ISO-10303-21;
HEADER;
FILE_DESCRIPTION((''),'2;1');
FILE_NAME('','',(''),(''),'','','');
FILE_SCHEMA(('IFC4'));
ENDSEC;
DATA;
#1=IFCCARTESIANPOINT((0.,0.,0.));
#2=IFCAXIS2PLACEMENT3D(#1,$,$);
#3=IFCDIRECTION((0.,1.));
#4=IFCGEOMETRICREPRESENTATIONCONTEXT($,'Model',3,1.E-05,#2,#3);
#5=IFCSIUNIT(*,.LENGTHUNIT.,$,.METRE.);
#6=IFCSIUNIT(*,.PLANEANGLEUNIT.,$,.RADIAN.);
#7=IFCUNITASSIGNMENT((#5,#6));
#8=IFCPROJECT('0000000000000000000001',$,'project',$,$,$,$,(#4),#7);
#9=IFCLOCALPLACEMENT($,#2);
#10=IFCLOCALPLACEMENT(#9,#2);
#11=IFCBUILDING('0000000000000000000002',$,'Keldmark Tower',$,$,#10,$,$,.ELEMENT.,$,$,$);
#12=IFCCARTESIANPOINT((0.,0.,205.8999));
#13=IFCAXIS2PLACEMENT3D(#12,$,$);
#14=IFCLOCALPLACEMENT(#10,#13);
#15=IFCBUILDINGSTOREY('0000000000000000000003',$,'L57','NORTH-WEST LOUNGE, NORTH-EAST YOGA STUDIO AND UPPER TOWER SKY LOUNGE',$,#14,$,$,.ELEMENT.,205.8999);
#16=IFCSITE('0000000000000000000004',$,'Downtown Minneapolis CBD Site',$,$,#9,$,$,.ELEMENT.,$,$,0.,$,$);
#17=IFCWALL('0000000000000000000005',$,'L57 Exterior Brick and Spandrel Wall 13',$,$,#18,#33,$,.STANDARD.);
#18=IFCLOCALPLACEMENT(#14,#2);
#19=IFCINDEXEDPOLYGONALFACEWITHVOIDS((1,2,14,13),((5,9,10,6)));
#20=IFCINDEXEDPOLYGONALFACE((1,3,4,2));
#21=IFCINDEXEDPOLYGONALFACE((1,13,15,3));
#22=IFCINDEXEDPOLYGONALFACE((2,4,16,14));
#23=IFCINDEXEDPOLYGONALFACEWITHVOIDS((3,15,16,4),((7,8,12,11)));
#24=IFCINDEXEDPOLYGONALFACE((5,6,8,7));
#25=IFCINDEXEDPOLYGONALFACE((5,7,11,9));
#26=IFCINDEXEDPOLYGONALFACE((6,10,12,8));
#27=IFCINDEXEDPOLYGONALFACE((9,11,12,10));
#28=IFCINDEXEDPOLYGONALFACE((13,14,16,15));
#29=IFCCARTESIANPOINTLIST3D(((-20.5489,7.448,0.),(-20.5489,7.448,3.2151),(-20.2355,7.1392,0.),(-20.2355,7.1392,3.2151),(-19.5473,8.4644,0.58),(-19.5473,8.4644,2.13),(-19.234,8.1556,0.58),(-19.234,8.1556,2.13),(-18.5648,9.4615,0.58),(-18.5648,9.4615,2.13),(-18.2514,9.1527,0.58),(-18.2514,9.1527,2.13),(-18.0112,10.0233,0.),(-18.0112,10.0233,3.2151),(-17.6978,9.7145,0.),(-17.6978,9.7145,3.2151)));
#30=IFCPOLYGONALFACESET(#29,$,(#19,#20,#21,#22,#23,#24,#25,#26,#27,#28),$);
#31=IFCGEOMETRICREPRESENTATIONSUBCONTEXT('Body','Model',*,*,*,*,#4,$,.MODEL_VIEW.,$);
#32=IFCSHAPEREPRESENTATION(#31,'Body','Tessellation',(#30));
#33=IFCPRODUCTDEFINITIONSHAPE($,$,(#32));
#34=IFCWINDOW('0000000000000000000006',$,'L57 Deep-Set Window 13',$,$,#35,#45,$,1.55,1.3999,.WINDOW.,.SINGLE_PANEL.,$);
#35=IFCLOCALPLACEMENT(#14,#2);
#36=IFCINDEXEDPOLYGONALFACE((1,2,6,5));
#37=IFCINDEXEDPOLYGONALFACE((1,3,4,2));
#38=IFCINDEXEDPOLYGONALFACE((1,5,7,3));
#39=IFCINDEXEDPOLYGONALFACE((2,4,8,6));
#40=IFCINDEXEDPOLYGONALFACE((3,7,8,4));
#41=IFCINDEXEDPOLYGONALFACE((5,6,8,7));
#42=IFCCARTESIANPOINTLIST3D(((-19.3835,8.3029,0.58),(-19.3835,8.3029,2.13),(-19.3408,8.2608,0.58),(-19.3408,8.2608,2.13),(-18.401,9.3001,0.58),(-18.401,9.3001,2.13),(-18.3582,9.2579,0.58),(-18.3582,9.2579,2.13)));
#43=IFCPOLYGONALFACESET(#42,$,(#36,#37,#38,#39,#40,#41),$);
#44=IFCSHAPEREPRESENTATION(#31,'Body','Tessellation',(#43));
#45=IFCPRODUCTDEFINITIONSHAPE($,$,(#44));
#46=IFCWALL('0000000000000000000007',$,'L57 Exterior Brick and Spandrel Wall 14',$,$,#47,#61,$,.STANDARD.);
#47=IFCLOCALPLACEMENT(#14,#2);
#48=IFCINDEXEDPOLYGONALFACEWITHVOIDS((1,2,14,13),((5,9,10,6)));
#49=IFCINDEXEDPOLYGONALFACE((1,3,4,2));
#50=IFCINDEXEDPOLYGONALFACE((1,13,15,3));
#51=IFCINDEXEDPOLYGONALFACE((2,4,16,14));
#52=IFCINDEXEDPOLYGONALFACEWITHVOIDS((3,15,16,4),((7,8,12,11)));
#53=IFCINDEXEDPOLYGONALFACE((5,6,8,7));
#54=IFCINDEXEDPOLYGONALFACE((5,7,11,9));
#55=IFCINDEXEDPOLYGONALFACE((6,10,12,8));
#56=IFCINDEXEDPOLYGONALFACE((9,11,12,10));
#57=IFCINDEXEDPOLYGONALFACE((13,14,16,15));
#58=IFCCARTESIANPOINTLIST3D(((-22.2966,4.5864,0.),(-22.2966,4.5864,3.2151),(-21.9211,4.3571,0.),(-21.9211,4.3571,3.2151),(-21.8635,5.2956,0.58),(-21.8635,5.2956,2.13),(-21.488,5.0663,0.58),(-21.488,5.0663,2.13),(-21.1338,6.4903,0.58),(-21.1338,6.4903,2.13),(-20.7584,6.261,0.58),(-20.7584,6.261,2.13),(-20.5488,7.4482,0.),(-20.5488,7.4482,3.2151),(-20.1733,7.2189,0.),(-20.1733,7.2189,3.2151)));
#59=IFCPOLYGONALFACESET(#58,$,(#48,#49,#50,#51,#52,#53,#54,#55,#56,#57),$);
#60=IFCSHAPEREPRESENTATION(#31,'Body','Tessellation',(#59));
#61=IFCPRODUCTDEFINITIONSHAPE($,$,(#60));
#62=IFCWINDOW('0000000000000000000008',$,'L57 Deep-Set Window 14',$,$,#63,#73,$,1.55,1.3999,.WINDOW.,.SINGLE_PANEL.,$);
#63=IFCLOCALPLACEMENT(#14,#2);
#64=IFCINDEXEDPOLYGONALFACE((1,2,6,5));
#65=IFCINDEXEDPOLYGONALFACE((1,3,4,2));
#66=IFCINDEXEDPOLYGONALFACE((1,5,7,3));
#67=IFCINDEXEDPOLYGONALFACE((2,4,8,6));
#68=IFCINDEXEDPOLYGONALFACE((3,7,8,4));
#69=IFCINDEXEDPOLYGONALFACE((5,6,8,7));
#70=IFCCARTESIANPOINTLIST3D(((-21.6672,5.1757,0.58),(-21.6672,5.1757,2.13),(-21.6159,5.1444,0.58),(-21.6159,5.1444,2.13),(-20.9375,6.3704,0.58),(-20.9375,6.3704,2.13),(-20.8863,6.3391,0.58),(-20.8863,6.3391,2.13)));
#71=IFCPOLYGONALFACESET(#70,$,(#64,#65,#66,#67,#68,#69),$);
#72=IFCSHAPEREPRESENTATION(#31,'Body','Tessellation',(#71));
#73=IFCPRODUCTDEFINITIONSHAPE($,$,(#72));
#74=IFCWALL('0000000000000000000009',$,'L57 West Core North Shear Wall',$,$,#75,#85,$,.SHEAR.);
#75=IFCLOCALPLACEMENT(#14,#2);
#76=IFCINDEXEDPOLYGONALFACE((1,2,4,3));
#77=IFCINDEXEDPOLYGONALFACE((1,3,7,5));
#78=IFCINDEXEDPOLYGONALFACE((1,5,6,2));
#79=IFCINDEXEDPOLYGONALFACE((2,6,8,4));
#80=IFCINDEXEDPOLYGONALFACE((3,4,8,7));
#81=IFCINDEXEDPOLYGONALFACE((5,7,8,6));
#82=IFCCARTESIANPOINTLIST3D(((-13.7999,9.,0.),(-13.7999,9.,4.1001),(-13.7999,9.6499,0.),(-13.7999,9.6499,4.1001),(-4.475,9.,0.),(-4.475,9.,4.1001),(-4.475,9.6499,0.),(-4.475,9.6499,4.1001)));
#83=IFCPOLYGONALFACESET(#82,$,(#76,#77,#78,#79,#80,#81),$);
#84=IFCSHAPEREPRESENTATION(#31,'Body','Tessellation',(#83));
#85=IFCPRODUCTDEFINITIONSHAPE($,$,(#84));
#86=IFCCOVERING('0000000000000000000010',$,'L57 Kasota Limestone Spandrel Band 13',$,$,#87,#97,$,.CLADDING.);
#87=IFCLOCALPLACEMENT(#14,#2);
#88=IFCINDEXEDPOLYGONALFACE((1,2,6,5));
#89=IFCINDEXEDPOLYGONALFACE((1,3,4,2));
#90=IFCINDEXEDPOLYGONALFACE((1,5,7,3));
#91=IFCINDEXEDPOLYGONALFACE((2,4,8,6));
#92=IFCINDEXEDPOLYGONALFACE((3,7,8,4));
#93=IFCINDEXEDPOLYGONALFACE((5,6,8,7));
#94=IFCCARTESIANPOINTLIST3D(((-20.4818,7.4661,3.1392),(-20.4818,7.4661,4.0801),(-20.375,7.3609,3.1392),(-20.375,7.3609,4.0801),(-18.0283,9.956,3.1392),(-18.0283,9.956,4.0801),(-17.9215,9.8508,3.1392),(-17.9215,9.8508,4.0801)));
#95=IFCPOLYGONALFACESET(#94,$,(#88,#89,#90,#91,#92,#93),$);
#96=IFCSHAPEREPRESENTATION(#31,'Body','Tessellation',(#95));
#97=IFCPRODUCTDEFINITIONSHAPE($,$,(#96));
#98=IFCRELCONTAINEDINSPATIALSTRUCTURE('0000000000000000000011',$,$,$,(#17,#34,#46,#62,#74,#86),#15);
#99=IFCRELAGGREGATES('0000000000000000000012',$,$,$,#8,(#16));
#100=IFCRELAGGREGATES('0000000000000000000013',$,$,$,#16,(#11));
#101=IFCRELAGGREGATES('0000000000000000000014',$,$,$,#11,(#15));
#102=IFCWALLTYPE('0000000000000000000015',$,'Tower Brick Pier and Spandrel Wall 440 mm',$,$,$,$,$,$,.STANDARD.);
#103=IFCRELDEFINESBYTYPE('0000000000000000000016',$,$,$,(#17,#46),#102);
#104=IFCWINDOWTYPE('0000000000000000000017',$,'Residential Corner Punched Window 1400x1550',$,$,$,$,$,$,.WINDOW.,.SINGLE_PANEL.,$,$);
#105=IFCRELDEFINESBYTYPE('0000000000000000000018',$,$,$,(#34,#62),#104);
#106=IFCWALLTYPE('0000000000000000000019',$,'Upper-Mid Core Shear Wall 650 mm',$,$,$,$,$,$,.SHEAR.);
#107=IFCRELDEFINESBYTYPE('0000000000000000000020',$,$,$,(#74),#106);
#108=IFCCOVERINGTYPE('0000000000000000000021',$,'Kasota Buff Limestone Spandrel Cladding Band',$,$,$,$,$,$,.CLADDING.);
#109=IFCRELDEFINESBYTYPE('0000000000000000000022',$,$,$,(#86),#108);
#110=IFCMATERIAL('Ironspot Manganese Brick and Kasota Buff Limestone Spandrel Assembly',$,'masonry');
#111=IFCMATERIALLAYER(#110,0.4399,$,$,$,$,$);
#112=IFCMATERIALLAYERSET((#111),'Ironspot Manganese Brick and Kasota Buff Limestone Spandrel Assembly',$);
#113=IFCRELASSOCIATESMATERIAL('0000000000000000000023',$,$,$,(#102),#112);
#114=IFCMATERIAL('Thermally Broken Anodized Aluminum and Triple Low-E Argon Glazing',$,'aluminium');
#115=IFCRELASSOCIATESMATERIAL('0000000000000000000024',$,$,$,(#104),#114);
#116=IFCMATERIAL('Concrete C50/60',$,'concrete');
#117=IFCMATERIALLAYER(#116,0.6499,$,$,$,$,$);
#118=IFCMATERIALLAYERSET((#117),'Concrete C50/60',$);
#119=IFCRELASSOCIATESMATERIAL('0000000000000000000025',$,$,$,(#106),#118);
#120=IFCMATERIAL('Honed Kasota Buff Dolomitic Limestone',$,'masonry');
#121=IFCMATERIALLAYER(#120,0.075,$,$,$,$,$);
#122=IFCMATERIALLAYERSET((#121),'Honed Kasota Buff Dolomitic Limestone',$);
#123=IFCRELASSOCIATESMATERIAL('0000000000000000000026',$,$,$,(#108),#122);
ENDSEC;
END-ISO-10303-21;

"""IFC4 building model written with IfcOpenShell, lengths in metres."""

from ifc_helpers import new_model, si_unit, direction, frame, frame_2d, origin, origin_2d, place, context, subcontext, project, spatial, rectangle, extrude, material, layer, layer_set, type_object, element, fill, save


model = new_model("IFC4")

# Units and contexts
model_context = context("Model", 3, precision=1e-05, world=origin(), true_north=direction((0.0, 1.0)))
body_context = subcontext(model_context, "Body", "Model", "MODEL_VIEW")
ifc_project = project(units=[si_unit("LENGTHUNIT", "METRE"), si_unit("PLANEANGLEUNIT", "RADIAN")], contexts=[model_context])

# Site, building, storey
site_placement = place(None, origin())
site = spatial("IfcSite", under=ifc_project, at=site_placement, Name="Downtown Minneapolis CBD Site", CompositionType="ELEMENT", RefElevation=0.0)
building_placement = place(site_placement, origin())
building = spatial("IfcBuilding", under=site, at=building_placement, Name="Keldmark Tower", CompositionType="ELEMENT")
storey_placement = place(building_placement, frame((0.0, 0.0, 205.8999)))
storey = spatial("IfcBuildingStorey", under=building, at=storey_placement, Name="L57", Description="NORTH-WEST LOUNGE, NORTH-EAST YOGA STUDIO AND UPPER TOWER SKY LOUNGE", CompositionType="ELEMENT", Elevation=205.8999)

# Walls, openings, windows
ifc_material_1 = material(Name="Ironspot Manganese Brick and Kasota Buff Limestone Spandrel Assembly", Category="masonry")
ifc_layer_1 = layer(ifc_material_1, 0.4399)
ifc_layer_set_1 = layer_set([ifc_layer_1], Name="Ironspot Manganese Brick and Kasota Buff Limestone Spandrel Assembly")
wall_type_1 = type_object("IfcWallType", Name="Tower Brick Pier and Spandrel Wall 440 mm", PredefinedType="STANDARD", material=ifc_layer_set_1)
wall_1_placement = place(storey_placement, frame((-20.3921, 7.2937, 0.0), z_axis=(0.0, 0.0, 1.0), x_axis=(0.701888, 0.712287, 0.0)))
wall_1 = element("IfcWall", 1, at=wall_1_placement, inside=storey, type_object=wall_type_1, Name="L57 Exterior Brick and Spandrel Wall 13", PredefinedType="STANDARD", context=body_context, shape_type="SweptSolid", body=[
    extrude(rectangle(XDim=3.6155, YDim=0.4399, at=frame_2d((1.8076, 0.0))), origin(), (0.0, 0.0, 1.0), 3.2151),
])
opening_1_placement = place(wall_1_placement, frame((1.4268, 0.0, 0.5801)))
opening_1 = element("IfcOpeningElement", 2, at=opening_1_placement, cuts=wall_1, PredefinedType="OPENING", context=body_context, shape_type="SweptSolid", body=[
    extrude(rectangle(XDim=1.3999, YDim=1.55, at=frame_2d((0.7, 0.7749))), frame((0.0, 0.23, 0.0), z_axis=(0.0, -1.0, 0.0), x_axis=(1.0, 0.0, 0.0)), (0.0, 0.0, 1.0), 0.46),
])
ifc_material_2 = material(Name="Thermally Broken Anodized Aluminum and Triple Low-E Argon Glazing", Category="aluminium")
window_type_1 = type_object("IfcWindowType", Name="Residential Corner Punched Window 1400x1550", PartitioningType="SINGLE_PANEL", PredefinedType="WINDOW", material=ifc_material_2)
window_1_placement = place(opening_1_placement, origin())
window_1 = element("IfcWindow", 3, at=window_1_placement, inside=storey, type_object=window_type_1, Name="L57 Deep-Set Window 13", OverallHeight=1.55, OverallWidth=1.3999, PartitioningType="SINGLE_PANEL", PredefinedType="WINDOW", context=body_context, shape_type="SweptSolid", body=[
    extrude(rectangle(XDim=1.3999, YDim=1.55, at=frame_2d((0.7, 0.7749))), frame((0.0, -0.01, 0.0), z_axis=(0.0, -1.0, 0.0), x_axis=(1.0, 0.0, 0.0)), (0.0, 0.0, 1.0), 0.0601),
])
fill(opening_1, window_1)
wall_2_placement = place(storey_placement, frame((-22.1089, 4.4717, 0.0), z_axis=(0.0, 0.0, 1.0), x_axis=(0.521214, 0.853426, 0.0)))
wall_2 = element("IfcWall", 4, at=wall_2_placement, inside=storey, type_object=wall_type_1, Name="L57 Exterior Brick and Spandrel Wall 14", PredefinedType="STANDARD", context=body_context, shape_type="SweptSolid", body=[
    extrude(rectangle(XDim=3.3533, YDim=0.4399, at=frame_2d((1.6768, 0.0))), origin(), (0.0, 0.0, 1.0), 3.2151),
])
opening_2_placement = place(wall_2_placement, frame((0.8311, 0.0, 0.5801)))
opening_2 = element("IfcOpeningElement", 5, at=opening_2_placement, cuts=wall_2, PredefinedType="OPENING", context=body_context, shape_type="SweptSolid", body=[
    extrude(rectangle(XDim=1.3999, YDim=1.55, at=frame_2d((0.7, 0.7749))), frame((0.0, 0.23, 0.0), z_axis=(0.0, -1.0, 0.0), x_axis=(1.0, 0.0, 0.0)), (0.0, 0.0, 1.0), 0.46),
])
window_2_placement = place(opening_2_placement, origin())
window_2 = element("IfcWindow", 6, at=window_2_placement, inside=storey, type_object=window_type_1, Name="L57 Deep-Set Window 14", OverallHeight=1.55, OverallWidth=1.3999, PartitioningType="SINGLE_PANEL", PredefinedType="WINDOW", context=body_context, shape_type="SweptSolid", body=[
    extrude(rectangle(XDim=1.3999, YDim=1.55, at=frame_2d((0.7, 0.7749))), frame((0.0, -0.01, 0.0), z_axis=(0.0, -1.0, 0.0), x_axis=(1.0, 0.0, 0.0)), (0.0, 0.0, 1.0), 0.0601),
])
fill(opening_2, window_2)

# Wall
ifc_material_3 = material(Name="Concrete C50/60", Category="concrete")
ifc_layer_2 = layer(ifc_material_3, 0.6499)
ifc_layer_set_2 = layer_set([ifc_layer_2], Name="Concrete C50/60")
wall_type_2 = type_object("IfcWallType", Name="Upper-Mid Core Shear Wall 650 mm", PredefinedType="SHEAR", material=ifc_layer_set_2)
wall_3_placement = place(storey_placement, frame((-13.8, 9.325, 0.0), z_axis=(0.0, 0.0, 1.0), x_axis=(1.0, 0.0, 0.0)))
element("IfcWall", 7, at=wall_3_placement, inside=storey, type_object=wall_type_2, Name="L57 West Core North Shear Wall", PredefinedType="SHEAR", context=body_context, shape_type="SweptSolid", body=[
    extrude(rectangle(XDim=9.325, YDim=0.6499, at=frame_2d((4.6626, 0.0))), origin(), (0.0, 0.0, 1.0), 4.1001),
])

# Covering
ifc_material_4 = material(Name="Honed Kasota Buff Dolomitic Limestone", Category="masonry")
ifc_layer_3 = layer(ifc_material_4, 0.075)
ifc_layer_set_3 = layer_set([ifc_layer_3], Name="Honed Kasota Buff Dolomitic Limestone")
covering_type = type_object("IfcCoveringType", Name="Kasota Buff Limestone Spandrel Cladding Band", PredefinedType="CLADDING", material=ifc_layer_set_3)
covering_placement = place(storey_placement, frame((-19.2017, 8.6584, 3.1392), z_axis=(0.0, 0.0, 1.0), x_axis=(-0.701892, -0.712283, 0.0)))
element("IfcCovering", 8, at=covering_placement, inside=storey, type_object=covering_type, Name="L57 Kasota Limestone Spandrel Band 13", PredefinedType="CLADDING", context=body_context, shape_type="SweptSolid", body=[
    extrude(rectangle(XDim=3.4956, YDim=0.1499, at=origin_2d()), origin(), (0.0, 0.0, 1.0), 0.9409),
])

save(model, "model.ifc")
